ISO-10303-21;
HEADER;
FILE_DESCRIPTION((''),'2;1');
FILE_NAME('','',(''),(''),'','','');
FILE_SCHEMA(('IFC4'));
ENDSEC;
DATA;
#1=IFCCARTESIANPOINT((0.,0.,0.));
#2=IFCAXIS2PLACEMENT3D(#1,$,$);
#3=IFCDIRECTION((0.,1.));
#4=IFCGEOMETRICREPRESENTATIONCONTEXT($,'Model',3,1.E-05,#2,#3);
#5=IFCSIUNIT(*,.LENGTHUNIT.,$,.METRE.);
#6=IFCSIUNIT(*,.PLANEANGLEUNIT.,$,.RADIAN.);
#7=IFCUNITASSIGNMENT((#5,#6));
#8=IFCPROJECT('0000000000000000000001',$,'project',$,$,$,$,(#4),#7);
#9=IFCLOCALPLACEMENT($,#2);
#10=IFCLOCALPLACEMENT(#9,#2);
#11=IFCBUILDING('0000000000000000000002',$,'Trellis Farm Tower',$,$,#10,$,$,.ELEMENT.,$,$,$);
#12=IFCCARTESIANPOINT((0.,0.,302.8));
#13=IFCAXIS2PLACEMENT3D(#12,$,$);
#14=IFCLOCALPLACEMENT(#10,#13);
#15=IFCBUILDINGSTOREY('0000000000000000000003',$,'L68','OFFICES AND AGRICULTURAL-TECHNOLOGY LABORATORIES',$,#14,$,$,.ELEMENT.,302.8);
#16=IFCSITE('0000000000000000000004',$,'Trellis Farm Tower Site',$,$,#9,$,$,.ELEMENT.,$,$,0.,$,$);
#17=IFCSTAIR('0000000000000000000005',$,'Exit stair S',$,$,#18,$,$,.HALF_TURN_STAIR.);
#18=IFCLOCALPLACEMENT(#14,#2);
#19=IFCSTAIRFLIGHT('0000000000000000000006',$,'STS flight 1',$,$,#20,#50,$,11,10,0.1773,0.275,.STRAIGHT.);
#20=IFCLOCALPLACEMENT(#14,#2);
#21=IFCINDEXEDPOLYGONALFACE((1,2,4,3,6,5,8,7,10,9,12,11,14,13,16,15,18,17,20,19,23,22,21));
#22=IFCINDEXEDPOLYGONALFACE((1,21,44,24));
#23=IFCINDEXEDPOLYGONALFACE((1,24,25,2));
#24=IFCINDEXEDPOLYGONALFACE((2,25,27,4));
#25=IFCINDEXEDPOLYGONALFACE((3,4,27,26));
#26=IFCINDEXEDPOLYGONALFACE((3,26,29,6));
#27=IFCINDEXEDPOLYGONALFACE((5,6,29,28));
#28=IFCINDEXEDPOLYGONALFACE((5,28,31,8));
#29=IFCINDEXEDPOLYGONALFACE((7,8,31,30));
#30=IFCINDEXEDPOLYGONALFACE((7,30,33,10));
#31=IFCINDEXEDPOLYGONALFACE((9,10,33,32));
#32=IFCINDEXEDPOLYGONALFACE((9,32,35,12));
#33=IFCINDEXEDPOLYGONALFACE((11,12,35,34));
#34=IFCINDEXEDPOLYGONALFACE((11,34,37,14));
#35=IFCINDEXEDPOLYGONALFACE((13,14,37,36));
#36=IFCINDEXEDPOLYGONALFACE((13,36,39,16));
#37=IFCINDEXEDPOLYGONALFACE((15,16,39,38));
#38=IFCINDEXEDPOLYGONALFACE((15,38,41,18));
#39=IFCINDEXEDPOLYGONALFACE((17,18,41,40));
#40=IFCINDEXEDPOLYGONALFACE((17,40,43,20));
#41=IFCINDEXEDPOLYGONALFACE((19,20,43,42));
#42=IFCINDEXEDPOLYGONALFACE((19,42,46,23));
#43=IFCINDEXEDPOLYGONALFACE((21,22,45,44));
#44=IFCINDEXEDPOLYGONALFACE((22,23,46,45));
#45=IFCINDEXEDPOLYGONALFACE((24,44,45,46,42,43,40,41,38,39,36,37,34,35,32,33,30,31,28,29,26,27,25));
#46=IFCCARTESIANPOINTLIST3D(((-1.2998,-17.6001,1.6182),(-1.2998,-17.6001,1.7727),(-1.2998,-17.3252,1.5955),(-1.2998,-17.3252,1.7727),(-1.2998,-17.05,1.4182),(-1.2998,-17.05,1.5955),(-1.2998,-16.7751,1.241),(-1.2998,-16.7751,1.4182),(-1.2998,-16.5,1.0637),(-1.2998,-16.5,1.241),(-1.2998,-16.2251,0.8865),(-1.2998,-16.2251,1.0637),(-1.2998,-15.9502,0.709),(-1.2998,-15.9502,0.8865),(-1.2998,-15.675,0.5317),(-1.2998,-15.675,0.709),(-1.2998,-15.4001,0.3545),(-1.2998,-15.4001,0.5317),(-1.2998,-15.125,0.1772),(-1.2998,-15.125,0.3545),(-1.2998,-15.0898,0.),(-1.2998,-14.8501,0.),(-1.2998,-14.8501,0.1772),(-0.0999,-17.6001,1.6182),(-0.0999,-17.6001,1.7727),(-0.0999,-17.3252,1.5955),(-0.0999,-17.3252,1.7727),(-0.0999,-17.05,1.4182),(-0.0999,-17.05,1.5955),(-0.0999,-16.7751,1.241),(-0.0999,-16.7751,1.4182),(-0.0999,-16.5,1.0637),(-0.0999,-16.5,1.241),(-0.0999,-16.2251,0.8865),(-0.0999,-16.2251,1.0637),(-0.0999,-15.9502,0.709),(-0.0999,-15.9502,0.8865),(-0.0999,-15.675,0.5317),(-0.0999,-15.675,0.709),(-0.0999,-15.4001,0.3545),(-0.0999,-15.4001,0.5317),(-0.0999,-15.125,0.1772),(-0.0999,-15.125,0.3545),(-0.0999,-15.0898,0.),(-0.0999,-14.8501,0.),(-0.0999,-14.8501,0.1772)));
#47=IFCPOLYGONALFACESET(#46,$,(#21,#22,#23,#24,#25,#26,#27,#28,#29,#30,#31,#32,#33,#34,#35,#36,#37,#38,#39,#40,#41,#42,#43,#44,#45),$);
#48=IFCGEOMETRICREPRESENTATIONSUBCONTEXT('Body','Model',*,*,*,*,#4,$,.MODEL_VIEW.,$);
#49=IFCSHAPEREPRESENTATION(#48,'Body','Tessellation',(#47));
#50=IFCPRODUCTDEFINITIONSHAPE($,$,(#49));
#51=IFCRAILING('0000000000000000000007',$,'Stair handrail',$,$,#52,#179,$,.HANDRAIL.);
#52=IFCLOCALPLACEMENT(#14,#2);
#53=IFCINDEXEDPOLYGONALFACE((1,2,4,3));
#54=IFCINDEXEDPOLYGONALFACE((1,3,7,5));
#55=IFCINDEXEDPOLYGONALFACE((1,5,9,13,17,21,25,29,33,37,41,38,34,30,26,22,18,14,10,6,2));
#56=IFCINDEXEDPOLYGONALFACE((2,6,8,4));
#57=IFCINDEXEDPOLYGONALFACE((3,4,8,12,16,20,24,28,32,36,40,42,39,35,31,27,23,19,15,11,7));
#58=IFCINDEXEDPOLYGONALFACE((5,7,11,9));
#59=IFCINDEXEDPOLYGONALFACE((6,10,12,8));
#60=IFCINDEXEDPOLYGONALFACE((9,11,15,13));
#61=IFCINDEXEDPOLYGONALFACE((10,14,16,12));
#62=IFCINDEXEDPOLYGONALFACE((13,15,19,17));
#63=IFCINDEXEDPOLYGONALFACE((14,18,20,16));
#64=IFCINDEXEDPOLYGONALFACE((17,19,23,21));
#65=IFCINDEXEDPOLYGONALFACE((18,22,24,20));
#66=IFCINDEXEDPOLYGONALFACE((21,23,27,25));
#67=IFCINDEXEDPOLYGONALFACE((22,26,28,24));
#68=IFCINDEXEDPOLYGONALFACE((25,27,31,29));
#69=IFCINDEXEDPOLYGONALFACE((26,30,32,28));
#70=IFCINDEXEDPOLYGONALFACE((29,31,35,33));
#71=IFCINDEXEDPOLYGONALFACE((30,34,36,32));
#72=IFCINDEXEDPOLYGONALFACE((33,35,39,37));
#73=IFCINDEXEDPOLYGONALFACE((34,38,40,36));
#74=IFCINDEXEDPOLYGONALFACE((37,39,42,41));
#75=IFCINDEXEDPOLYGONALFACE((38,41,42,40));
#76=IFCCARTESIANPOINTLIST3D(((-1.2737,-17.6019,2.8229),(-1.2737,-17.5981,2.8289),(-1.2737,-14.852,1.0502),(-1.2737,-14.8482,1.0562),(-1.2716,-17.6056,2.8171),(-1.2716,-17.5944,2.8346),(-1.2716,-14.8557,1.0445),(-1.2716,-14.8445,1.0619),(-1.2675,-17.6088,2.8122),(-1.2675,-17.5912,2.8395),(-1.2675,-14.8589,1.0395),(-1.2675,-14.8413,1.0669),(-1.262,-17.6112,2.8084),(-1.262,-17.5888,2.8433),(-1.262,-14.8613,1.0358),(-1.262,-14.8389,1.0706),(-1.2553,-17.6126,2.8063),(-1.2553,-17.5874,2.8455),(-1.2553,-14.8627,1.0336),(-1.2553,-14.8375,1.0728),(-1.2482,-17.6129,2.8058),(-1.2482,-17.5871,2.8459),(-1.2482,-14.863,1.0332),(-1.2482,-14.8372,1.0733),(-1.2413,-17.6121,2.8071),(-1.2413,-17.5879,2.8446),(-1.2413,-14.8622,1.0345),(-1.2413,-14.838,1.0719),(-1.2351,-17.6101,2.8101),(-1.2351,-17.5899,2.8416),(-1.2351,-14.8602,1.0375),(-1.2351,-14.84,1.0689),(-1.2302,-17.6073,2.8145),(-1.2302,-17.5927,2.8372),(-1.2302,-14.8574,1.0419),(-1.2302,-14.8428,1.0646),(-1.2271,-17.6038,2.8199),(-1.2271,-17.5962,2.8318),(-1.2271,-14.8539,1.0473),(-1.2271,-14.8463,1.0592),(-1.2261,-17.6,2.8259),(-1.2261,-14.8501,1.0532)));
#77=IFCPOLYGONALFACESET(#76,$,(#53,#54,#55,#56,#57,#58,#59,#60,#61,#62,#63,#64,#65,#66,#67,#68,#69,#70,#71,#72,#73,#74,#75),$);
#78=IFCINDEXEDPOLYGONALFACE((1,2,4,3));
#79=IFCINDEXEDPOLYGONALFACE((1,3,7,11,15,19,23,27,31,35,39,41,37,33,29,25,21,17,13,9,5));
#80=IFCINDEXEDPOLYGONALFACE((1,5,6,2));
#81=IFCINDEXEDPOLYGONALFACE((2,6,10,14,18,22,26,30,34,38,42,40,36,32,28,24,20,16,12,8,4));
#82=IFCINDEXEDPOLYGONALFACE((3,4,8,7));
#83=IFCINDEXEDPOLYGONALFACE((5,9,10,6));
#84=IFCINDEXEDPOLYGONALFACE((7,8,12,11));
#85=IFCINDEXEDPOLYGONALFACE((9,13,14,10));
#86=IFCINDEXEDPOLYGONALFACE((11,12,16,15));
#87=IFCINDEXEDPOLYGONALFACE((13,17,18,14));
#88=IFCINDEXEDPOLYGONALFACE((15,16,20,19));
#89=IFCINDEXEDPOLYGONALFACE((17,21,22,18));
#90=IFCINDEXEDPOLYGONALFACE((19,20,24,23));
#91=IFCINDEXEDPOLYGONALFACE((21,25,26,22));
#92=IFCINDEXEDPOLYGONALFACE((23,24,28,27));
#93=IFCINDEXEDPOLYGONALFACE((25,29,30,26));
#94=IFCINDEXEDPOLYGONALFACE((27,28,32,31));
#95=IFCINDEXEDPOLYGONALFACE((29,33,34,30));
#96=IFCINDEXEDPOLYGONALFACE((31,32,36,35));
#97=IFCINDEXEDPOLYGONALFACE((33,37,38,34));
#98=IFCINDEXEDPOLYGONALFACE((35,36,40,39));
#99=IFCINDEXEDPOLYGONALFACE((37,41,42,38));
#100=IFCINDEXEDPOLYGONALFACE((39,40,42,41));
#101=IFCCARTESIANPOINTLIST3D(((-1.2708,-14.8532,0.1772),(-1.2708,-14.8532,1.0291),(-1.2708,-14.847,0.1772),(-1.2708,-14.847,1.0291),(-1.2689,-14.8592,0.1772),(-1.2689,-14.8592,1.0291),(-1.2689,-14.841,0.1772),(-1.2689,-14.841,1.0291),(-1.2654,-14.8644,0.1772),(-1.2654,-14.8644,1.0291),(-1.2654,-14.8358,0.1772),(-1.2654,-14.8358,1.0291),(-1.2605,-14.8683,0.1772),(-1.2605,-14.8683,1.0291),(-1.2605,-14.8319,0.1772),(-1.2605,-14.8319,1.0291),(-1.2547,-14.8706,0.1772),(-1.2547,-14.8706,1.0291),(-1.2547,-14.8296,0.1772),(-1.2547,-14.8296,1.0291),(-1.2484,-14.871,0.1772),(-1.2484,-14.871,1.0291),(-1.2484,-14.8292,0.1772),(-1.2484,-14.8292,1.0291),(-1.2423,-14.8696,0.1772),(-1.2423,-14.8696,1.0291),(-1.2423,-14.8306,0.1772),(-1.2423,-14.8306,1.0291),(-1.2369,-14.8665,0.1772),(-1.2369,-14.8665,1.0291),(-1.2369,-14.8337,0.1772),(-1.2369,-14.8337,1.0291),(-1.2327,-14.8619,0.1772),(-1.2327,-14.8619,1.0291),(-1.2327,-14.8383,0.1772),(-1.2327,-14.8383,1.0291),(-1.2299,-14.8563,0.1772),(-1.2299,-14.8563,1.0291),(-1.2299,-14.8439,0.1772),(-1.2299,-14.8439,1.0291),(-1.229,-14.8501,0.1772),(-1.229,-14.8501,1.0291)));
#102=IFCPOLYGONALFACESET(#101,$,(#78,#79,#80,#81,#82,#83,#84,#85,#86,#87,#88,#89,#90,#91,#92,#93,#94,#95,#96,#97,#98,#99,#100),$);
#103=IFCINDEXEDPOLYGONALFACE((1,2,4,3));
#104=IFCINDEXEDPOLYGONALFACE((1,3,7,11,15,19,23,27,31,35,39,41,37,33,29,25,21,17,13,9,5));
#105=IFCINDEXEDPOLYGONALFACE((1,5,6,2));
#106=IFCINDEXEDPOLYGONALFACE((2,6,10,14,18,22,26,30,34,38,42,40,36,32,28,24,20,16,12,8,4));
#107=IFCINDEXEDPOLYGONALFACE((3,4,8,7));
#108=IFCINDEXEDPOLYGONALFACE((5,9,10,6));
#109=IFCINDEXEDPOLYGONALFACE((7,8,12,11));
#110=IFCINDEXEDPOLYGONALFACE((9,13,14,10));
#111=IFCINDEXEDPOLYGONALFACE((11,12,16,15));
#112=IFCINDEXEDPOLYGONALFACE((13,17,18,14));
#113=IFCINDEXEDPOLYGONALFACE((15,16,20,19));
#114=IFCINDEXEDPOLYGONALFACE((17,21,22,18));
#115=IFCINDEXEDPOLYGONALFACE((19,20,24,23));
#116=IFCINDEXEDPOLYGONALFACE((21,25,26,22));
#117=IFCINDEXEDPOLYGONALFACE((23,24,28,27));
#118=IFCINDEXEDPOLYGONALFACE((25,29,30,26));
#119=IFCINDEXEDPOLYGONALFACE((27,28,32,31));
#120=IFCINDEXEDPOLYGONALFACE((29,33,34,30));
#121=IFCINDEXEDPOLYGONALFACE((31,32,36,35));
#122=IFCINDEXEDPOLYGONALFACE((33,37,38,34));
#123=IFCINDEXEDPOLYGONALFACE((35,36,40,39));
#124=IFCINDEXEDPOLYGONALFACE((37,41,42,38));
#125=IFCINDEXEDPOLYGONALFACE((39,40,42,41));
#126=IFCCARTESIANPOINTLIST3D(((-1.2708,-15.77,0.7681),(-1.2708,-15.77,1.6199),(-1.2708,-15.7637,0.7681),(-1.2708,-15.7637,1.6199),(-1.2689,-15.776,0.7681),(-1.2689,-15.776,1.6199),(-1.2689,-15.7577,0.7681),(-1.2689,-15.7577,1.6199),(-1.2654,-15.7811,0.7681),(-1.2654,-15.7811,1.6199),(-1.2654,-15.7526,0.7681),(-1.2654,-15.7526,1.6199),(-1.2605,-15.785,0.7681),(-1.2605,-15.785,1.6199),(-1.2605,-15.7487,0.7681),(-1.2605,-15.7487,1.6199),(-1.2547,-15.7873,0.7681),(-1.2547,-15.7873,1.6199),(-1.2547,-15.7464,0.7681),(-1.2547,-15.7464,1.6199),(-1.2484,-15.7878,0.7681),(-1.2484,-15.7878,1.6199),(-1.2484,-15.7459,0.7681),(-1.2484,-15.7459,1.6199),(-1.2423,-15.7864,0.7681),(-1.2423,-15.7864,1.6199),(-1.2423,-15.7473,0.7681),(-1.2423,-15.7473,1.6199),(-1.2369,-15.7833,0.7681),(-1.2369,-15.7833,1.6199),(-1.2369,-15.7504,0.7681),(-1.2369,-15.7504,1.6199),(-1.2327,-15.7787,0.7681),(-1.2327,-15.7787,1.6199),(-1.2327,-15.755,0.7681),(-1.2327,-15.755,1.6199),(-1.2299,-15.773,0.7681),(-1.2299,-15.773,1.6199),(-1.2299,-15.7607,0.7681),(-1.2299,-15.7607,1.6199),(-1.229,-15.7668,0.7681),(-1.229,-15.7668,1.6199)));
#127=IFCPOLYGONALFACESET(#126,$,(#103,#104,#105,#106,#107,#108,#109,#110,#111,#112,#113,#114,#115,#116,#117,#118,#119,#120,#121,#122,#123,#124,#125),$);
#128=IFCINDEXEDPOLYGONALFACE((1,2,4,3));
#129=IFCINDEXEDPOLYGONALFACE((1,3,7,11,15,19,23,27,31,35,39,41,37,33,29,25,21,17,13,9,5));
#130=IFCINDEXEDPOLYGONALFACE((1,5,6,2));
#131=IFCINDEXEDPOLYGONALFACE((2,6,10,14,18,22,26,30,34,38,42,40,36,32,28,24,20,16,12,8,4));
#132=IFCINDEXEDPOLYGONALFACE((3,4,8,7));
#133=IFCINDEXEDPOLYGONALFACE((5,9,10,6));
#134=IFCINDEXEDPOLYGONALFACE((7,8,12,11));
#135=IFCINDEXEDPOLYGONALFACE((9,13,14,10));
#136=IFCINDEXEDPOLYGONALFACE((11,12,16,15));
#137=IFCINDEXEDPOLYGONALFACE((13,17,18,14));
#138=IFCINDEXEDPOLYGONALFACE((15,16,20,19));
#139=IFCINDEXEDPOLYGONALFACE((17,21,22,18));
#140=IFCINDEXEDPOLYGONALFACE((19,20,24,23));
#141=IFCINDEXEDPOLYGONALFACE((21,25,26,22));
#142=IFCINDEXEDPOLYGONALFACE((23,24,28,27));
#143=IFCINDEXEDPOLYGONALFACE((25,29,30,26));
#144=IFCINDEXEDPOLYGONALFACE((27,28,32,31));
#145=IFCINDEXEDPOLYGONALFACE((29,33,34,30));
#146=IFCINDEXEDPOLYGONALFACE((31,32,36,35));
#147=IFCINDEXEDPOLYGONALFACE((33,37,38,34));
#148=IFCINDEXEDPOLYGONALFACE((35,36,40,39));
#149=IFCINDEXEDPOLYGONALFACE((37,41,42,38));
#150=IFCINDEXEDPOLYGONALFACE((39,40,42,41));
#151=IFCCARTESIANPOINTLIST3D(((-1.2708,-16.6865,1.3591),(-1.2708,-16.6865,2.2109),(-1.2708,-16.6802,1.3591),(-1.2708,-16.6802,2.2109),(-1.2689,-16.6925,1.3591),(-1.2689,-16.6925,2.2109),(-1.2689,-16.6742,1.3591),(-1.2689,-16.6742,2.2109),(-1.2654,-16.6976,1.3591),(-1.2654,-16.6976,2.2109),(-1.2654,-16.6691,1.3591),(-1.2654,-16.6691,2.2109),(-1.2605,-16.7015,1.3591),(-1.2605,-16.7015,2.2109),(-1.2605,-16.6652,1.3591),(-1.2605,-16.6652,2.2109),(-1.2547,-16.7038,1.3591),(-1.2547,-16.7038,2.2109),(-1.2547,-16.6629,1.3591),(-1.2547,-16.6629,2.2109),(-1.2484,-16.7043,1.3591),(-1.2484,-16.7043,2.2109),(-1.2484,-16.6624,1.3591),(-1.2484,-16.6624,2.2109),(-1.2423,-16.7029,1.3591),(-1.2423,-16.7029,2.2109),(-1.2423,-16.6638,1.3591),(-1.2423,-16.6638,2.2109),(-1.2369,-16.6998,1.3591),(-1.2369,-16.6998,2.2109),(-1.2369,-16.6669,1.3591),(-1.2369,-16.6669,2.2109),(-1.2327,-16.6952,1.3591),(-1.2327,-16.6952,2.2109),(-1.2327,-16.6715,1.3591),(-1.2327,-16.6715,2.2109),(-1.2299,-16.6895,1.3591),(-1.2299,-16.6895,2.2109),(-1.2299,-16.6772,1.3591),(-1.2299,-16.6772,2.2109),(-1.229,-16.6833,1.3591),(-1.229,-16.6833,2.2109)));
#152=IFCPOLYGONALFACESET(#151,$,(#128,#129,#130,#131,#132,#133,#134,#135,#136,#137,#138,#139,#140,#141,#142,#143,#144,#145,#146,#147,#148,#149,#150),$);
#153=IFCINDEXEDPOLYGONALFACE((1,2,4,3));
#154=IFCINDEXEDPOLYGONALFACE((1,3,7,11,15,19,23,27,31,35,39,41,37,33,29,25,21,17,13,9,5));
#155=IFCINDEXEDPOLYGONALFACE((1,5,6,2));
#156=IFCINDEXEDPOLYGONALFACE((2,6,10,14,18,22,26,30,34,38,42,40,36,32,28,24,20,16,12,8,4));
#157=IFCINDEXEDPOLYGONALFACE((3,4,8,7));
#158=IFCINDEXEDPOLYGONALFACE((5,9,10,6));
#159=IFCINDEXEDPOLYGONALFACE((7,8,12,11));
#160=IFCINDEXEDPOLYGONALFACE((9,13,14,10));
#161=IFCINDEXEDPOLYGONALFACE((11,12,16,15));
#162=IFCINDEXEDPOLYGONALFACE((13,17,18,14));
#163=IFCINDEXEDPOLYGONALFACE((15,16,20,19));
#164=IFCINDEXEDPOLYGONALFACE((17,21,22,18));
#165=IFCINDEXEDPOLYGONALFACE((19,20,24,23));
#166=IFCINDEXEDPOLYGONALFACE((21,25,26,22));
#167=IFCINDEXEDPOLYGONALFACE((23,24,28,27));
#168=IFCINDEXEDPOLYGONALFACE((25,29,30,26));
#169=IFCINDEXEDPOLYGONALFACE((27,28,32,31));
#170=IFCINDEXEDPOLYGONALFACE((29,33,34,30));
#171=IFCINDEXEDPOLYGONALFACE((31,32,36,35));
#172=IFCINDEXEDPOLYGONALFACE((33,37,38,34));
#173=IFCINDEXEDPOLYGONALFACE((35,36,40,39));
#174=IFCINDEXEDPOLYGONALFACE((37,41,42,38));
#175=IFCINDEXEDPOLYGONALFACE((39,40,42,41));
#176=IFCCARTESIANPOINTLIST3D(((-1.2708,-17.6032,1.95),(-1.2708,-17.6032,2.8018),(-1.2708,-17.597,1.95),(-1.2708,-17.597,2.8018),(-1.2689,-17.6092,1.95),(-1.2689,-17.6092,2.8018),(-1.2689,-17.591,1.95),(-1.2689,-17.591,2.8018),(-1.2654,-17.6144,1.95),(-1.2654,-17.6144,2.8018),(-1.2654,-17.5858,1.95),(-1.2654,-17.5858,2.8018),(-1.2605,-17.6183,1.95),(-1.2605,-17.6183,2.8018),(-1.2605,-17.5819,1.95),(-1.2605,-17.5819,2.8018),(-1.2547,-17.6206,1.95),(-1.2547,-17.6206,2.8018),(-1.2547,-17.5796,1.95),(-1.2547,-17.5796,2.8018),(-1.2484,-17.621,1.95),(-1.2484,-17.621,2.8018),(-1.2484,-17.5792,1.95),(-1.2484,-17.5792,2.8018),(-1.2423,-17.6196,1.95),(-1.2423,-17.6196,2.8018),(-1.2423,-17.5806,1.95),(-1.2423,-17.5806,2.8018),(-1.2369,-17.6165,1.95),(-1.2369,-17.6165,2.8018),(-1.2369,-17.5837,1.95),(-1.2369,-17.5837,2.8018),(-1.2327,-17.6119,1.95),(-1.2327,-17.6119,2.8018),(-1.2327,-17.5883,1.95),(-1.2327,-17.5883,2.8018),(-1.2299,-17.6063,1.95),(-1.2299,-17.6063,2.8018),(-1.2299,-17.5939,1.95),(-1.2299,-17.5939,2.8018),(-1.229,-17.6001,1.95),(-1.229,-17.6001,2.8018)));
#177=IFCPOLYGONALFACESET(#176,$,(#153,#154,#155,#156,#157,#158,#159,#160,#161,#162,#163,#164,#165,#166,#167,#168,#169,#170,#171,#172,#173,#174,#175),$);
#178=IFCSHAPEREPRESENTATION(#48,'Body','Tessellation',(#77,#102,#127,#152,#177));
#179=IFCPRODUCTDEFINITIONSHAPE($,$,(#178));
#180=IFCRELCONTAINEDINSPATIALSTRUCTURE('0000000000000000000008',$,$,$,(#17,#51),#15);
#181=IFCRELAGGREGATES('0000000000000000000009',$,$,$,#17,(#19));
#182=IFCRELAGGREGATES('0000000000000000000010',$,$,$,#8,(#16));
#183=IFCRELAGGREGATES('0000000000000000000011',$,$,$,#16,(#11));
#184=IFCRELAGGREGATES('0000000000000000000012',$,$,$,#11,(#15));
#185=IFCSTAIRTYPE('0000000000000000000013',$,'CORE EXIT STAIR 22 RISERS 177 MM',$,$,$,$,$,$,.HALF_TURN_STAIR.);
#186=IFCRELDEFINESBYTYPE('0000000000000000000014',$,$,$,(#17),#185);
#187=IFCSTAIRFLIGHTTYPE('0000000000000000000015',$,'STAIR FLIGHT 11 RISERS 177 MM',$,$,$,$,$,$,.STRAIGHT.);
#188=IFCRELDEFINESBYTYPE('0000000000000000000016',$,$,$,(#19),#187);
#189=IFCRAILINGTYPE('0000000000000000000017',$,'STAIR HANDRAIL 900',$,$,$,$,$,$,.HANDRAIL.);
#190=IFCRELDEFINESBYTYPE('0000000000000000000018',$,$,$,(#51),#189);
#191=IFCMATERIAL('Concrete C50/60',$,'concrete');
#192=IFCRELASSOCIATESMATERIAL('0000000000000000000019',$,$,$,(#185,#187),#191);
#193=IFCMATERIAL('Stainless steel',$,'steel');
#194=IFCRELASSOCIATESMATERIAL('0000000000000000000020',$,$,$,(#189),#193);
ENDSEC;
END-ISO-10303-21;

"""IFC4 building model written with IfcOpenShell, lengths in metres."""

from ifc_helpers import new_model, si_unit, direction, frame, origin, origin_2d, place, context, subcontext, project, spatial, polyline, circle, outline, extrude, source, transform, mapped, material, type_object, element, aggregate, save


model = new_model("IFC4")

# Units and contexts
model_context = context("Model", 3, precision=1e-05, world=origin(), true_north=direction((0.0, 1.0)))
body_context = subcontext(model_context, "Body", "Model", "MODEL_VIEW")
ifc_project = project(units=[si_unit("LENGTHUNIT", "METRE"), si_unit("PLANEANGLEUNIT", "RADIAN")], contexts=[model_context])

# Site, building, storey
site_placement = place(None, origin())
site = spatial("IfcSite", under=ifc_project, at=site_placement, Name="Trellis Farm Tower Site", CompositionType="ELEMENT", RefElevation=0.0)
building_placement = place(site_placement, origin())
building = spatial("IfcBuilding", under=site, at=building_placement, Name="Trellis Farm Tower", CompositionType="ELEMENT")
storey_placement = place(building_placement, frame((0.0, 0.0, 302.8)))
storey = spatial("IfcBuildingStorey", under=building, at=storey_placement, Name="L68", Description="OFFICES AND AGRICULTURAL-TECHNOLOGY LABORATORIES", CompositionType="ELEMENT", Elevation=302.8)

# Shared definitions
placement = place(storey_placement, origin())

# Shared definitions
ifc_material_1 = material(Name="Concrete C50/60", Category="concrete")

# Stair, stair flight
stair_type = type_object("IfcStairType", Name="CORE EXIT STAIR 22 RISERS 177 MM", PredefinedType="HALF_TURN_STAIR", material=ifc_material_1)
stair = element("IfcStair", 1, at=placement, inside=storey, type_object=stair_type, Name="Exit stair S", PredefinedType="HALF_TURN_STAIR")
stair_flight_type = type_object("IfcStairFlightType", Name="STAIR FLIGHT 11 RISERS 177 MM", PredefinedType="STRAIGHT", material=ifc_material_1)
shared_shape_1 = source(origin(), body_context, "Body", "SweptSolid", [
    extrude(outline(polyline([(0.0, 0.0), (0.0, 0.1772), (0.2749, 0.1772), (0.2749, 0.3545), (0.55, 0.3545), (0.55, 0.5317), (0.825, 0.5317), (0.825, 0.709), (1.1001, 0.709), (1.1001, 0.8865), (1.375, 0.8865), (1.375, 1.0637), (1.6499, 1.0637), (1.6499, 1.241), (1.925, 1.241), (1.925, 1.4182), (2.2, 1.4182), (2.2, 1.5955), (2.4751, 1.5955), (2.4751, 1.7727), (2.75, 1.7727), (2.75, 1.95), (2.75, 1.6182), (0.2397, 0.0), (0.0, 0.0)])), frame((0.0, 0.6001, 0.0), z_axis=(0.0, -1.0, 0.0), x_axis=(1.0, 0.0, 0.0)), (0.0, 0.0, 1.0), 1.2),
])
stair_flight_placement = place(storey_placement, frame((-0.7, -14.8501, 0.0), z_axis=(0.0, 0.0, 1.0), x_axis=(0.0, -1.0, 0.0)))
stair_flight = element("IfcStairFlight", 2, at=stair_flight_placement, type_object=stair_flight_type, Name="STS flight 1", NumberOfRisers=11, NumberOfTreads=10, PredefinedType="STRAIGHT", RiserHeight=0.1773, TreadLength=0.275, context=body_context, shape_type="MappedRepresentation", body=[
    mapped(shared_shape_1, transform((0.0, 0.0, 0.0))),
])
aggregate(stair, [stair_flight])

# Railing
ifc_material_2 = material(Name="Stainless steel", Category="steel")
railing_type = type_object("IfcRailingType", Name="STAIR HANDRAIL 900", PredefinedType="HANDRAIL", material=ifc_material_2)
shared_shape_2 = source(origin(), body_context, "Body", "SweptSolid", [
    extrude(circle(Radius=0.0239, at=origin_2d()), frame((0.0, 0.0, 0.876), z_axis=(0.0, -0.840504, 0.541806), x_axis=(1.0, 0.0, 0.0)), (0.0, 0.0, 1.0), 3.2717),
    extrude(circle(Radius=0.021, at=origin_2d()), origin(), (0.0, 0.0, 1.0), 0.8518),
    extrude(circle(Radius=0.021, at=origin_2d()), frame((0.0, -0.9167, 0.5908)), (0.0, 0.0, 1.0), 0.8518),
    extrude(circle(Radius=0.021, at=origin_2d()), frame((0.0, -1.8333, 1.1819)), (0.0, 0.0, 1.0), 0.8518),
    extrude(circle(Radius=0.021, at=origin_2d()), frame((0.0, -2.75, 1.7727)), (0.0, 0.0, 1.0), 0.8518),
])
railing_placement = place(storey_placement, frame((-1.25, -14.8501, 0.1772)))
element("IfcRailing", 3, at=railing_placement, inside=storey, type_object=railing_type, Name="Stair handrail", PredefinedType="HANDRAIL", context=body_context, shape_type="MappedRepresentation", body=[
    mapped(shared_shape_2, transform((0.0, 0.0, 0.0))),
])

save(model, "model.ifc")
